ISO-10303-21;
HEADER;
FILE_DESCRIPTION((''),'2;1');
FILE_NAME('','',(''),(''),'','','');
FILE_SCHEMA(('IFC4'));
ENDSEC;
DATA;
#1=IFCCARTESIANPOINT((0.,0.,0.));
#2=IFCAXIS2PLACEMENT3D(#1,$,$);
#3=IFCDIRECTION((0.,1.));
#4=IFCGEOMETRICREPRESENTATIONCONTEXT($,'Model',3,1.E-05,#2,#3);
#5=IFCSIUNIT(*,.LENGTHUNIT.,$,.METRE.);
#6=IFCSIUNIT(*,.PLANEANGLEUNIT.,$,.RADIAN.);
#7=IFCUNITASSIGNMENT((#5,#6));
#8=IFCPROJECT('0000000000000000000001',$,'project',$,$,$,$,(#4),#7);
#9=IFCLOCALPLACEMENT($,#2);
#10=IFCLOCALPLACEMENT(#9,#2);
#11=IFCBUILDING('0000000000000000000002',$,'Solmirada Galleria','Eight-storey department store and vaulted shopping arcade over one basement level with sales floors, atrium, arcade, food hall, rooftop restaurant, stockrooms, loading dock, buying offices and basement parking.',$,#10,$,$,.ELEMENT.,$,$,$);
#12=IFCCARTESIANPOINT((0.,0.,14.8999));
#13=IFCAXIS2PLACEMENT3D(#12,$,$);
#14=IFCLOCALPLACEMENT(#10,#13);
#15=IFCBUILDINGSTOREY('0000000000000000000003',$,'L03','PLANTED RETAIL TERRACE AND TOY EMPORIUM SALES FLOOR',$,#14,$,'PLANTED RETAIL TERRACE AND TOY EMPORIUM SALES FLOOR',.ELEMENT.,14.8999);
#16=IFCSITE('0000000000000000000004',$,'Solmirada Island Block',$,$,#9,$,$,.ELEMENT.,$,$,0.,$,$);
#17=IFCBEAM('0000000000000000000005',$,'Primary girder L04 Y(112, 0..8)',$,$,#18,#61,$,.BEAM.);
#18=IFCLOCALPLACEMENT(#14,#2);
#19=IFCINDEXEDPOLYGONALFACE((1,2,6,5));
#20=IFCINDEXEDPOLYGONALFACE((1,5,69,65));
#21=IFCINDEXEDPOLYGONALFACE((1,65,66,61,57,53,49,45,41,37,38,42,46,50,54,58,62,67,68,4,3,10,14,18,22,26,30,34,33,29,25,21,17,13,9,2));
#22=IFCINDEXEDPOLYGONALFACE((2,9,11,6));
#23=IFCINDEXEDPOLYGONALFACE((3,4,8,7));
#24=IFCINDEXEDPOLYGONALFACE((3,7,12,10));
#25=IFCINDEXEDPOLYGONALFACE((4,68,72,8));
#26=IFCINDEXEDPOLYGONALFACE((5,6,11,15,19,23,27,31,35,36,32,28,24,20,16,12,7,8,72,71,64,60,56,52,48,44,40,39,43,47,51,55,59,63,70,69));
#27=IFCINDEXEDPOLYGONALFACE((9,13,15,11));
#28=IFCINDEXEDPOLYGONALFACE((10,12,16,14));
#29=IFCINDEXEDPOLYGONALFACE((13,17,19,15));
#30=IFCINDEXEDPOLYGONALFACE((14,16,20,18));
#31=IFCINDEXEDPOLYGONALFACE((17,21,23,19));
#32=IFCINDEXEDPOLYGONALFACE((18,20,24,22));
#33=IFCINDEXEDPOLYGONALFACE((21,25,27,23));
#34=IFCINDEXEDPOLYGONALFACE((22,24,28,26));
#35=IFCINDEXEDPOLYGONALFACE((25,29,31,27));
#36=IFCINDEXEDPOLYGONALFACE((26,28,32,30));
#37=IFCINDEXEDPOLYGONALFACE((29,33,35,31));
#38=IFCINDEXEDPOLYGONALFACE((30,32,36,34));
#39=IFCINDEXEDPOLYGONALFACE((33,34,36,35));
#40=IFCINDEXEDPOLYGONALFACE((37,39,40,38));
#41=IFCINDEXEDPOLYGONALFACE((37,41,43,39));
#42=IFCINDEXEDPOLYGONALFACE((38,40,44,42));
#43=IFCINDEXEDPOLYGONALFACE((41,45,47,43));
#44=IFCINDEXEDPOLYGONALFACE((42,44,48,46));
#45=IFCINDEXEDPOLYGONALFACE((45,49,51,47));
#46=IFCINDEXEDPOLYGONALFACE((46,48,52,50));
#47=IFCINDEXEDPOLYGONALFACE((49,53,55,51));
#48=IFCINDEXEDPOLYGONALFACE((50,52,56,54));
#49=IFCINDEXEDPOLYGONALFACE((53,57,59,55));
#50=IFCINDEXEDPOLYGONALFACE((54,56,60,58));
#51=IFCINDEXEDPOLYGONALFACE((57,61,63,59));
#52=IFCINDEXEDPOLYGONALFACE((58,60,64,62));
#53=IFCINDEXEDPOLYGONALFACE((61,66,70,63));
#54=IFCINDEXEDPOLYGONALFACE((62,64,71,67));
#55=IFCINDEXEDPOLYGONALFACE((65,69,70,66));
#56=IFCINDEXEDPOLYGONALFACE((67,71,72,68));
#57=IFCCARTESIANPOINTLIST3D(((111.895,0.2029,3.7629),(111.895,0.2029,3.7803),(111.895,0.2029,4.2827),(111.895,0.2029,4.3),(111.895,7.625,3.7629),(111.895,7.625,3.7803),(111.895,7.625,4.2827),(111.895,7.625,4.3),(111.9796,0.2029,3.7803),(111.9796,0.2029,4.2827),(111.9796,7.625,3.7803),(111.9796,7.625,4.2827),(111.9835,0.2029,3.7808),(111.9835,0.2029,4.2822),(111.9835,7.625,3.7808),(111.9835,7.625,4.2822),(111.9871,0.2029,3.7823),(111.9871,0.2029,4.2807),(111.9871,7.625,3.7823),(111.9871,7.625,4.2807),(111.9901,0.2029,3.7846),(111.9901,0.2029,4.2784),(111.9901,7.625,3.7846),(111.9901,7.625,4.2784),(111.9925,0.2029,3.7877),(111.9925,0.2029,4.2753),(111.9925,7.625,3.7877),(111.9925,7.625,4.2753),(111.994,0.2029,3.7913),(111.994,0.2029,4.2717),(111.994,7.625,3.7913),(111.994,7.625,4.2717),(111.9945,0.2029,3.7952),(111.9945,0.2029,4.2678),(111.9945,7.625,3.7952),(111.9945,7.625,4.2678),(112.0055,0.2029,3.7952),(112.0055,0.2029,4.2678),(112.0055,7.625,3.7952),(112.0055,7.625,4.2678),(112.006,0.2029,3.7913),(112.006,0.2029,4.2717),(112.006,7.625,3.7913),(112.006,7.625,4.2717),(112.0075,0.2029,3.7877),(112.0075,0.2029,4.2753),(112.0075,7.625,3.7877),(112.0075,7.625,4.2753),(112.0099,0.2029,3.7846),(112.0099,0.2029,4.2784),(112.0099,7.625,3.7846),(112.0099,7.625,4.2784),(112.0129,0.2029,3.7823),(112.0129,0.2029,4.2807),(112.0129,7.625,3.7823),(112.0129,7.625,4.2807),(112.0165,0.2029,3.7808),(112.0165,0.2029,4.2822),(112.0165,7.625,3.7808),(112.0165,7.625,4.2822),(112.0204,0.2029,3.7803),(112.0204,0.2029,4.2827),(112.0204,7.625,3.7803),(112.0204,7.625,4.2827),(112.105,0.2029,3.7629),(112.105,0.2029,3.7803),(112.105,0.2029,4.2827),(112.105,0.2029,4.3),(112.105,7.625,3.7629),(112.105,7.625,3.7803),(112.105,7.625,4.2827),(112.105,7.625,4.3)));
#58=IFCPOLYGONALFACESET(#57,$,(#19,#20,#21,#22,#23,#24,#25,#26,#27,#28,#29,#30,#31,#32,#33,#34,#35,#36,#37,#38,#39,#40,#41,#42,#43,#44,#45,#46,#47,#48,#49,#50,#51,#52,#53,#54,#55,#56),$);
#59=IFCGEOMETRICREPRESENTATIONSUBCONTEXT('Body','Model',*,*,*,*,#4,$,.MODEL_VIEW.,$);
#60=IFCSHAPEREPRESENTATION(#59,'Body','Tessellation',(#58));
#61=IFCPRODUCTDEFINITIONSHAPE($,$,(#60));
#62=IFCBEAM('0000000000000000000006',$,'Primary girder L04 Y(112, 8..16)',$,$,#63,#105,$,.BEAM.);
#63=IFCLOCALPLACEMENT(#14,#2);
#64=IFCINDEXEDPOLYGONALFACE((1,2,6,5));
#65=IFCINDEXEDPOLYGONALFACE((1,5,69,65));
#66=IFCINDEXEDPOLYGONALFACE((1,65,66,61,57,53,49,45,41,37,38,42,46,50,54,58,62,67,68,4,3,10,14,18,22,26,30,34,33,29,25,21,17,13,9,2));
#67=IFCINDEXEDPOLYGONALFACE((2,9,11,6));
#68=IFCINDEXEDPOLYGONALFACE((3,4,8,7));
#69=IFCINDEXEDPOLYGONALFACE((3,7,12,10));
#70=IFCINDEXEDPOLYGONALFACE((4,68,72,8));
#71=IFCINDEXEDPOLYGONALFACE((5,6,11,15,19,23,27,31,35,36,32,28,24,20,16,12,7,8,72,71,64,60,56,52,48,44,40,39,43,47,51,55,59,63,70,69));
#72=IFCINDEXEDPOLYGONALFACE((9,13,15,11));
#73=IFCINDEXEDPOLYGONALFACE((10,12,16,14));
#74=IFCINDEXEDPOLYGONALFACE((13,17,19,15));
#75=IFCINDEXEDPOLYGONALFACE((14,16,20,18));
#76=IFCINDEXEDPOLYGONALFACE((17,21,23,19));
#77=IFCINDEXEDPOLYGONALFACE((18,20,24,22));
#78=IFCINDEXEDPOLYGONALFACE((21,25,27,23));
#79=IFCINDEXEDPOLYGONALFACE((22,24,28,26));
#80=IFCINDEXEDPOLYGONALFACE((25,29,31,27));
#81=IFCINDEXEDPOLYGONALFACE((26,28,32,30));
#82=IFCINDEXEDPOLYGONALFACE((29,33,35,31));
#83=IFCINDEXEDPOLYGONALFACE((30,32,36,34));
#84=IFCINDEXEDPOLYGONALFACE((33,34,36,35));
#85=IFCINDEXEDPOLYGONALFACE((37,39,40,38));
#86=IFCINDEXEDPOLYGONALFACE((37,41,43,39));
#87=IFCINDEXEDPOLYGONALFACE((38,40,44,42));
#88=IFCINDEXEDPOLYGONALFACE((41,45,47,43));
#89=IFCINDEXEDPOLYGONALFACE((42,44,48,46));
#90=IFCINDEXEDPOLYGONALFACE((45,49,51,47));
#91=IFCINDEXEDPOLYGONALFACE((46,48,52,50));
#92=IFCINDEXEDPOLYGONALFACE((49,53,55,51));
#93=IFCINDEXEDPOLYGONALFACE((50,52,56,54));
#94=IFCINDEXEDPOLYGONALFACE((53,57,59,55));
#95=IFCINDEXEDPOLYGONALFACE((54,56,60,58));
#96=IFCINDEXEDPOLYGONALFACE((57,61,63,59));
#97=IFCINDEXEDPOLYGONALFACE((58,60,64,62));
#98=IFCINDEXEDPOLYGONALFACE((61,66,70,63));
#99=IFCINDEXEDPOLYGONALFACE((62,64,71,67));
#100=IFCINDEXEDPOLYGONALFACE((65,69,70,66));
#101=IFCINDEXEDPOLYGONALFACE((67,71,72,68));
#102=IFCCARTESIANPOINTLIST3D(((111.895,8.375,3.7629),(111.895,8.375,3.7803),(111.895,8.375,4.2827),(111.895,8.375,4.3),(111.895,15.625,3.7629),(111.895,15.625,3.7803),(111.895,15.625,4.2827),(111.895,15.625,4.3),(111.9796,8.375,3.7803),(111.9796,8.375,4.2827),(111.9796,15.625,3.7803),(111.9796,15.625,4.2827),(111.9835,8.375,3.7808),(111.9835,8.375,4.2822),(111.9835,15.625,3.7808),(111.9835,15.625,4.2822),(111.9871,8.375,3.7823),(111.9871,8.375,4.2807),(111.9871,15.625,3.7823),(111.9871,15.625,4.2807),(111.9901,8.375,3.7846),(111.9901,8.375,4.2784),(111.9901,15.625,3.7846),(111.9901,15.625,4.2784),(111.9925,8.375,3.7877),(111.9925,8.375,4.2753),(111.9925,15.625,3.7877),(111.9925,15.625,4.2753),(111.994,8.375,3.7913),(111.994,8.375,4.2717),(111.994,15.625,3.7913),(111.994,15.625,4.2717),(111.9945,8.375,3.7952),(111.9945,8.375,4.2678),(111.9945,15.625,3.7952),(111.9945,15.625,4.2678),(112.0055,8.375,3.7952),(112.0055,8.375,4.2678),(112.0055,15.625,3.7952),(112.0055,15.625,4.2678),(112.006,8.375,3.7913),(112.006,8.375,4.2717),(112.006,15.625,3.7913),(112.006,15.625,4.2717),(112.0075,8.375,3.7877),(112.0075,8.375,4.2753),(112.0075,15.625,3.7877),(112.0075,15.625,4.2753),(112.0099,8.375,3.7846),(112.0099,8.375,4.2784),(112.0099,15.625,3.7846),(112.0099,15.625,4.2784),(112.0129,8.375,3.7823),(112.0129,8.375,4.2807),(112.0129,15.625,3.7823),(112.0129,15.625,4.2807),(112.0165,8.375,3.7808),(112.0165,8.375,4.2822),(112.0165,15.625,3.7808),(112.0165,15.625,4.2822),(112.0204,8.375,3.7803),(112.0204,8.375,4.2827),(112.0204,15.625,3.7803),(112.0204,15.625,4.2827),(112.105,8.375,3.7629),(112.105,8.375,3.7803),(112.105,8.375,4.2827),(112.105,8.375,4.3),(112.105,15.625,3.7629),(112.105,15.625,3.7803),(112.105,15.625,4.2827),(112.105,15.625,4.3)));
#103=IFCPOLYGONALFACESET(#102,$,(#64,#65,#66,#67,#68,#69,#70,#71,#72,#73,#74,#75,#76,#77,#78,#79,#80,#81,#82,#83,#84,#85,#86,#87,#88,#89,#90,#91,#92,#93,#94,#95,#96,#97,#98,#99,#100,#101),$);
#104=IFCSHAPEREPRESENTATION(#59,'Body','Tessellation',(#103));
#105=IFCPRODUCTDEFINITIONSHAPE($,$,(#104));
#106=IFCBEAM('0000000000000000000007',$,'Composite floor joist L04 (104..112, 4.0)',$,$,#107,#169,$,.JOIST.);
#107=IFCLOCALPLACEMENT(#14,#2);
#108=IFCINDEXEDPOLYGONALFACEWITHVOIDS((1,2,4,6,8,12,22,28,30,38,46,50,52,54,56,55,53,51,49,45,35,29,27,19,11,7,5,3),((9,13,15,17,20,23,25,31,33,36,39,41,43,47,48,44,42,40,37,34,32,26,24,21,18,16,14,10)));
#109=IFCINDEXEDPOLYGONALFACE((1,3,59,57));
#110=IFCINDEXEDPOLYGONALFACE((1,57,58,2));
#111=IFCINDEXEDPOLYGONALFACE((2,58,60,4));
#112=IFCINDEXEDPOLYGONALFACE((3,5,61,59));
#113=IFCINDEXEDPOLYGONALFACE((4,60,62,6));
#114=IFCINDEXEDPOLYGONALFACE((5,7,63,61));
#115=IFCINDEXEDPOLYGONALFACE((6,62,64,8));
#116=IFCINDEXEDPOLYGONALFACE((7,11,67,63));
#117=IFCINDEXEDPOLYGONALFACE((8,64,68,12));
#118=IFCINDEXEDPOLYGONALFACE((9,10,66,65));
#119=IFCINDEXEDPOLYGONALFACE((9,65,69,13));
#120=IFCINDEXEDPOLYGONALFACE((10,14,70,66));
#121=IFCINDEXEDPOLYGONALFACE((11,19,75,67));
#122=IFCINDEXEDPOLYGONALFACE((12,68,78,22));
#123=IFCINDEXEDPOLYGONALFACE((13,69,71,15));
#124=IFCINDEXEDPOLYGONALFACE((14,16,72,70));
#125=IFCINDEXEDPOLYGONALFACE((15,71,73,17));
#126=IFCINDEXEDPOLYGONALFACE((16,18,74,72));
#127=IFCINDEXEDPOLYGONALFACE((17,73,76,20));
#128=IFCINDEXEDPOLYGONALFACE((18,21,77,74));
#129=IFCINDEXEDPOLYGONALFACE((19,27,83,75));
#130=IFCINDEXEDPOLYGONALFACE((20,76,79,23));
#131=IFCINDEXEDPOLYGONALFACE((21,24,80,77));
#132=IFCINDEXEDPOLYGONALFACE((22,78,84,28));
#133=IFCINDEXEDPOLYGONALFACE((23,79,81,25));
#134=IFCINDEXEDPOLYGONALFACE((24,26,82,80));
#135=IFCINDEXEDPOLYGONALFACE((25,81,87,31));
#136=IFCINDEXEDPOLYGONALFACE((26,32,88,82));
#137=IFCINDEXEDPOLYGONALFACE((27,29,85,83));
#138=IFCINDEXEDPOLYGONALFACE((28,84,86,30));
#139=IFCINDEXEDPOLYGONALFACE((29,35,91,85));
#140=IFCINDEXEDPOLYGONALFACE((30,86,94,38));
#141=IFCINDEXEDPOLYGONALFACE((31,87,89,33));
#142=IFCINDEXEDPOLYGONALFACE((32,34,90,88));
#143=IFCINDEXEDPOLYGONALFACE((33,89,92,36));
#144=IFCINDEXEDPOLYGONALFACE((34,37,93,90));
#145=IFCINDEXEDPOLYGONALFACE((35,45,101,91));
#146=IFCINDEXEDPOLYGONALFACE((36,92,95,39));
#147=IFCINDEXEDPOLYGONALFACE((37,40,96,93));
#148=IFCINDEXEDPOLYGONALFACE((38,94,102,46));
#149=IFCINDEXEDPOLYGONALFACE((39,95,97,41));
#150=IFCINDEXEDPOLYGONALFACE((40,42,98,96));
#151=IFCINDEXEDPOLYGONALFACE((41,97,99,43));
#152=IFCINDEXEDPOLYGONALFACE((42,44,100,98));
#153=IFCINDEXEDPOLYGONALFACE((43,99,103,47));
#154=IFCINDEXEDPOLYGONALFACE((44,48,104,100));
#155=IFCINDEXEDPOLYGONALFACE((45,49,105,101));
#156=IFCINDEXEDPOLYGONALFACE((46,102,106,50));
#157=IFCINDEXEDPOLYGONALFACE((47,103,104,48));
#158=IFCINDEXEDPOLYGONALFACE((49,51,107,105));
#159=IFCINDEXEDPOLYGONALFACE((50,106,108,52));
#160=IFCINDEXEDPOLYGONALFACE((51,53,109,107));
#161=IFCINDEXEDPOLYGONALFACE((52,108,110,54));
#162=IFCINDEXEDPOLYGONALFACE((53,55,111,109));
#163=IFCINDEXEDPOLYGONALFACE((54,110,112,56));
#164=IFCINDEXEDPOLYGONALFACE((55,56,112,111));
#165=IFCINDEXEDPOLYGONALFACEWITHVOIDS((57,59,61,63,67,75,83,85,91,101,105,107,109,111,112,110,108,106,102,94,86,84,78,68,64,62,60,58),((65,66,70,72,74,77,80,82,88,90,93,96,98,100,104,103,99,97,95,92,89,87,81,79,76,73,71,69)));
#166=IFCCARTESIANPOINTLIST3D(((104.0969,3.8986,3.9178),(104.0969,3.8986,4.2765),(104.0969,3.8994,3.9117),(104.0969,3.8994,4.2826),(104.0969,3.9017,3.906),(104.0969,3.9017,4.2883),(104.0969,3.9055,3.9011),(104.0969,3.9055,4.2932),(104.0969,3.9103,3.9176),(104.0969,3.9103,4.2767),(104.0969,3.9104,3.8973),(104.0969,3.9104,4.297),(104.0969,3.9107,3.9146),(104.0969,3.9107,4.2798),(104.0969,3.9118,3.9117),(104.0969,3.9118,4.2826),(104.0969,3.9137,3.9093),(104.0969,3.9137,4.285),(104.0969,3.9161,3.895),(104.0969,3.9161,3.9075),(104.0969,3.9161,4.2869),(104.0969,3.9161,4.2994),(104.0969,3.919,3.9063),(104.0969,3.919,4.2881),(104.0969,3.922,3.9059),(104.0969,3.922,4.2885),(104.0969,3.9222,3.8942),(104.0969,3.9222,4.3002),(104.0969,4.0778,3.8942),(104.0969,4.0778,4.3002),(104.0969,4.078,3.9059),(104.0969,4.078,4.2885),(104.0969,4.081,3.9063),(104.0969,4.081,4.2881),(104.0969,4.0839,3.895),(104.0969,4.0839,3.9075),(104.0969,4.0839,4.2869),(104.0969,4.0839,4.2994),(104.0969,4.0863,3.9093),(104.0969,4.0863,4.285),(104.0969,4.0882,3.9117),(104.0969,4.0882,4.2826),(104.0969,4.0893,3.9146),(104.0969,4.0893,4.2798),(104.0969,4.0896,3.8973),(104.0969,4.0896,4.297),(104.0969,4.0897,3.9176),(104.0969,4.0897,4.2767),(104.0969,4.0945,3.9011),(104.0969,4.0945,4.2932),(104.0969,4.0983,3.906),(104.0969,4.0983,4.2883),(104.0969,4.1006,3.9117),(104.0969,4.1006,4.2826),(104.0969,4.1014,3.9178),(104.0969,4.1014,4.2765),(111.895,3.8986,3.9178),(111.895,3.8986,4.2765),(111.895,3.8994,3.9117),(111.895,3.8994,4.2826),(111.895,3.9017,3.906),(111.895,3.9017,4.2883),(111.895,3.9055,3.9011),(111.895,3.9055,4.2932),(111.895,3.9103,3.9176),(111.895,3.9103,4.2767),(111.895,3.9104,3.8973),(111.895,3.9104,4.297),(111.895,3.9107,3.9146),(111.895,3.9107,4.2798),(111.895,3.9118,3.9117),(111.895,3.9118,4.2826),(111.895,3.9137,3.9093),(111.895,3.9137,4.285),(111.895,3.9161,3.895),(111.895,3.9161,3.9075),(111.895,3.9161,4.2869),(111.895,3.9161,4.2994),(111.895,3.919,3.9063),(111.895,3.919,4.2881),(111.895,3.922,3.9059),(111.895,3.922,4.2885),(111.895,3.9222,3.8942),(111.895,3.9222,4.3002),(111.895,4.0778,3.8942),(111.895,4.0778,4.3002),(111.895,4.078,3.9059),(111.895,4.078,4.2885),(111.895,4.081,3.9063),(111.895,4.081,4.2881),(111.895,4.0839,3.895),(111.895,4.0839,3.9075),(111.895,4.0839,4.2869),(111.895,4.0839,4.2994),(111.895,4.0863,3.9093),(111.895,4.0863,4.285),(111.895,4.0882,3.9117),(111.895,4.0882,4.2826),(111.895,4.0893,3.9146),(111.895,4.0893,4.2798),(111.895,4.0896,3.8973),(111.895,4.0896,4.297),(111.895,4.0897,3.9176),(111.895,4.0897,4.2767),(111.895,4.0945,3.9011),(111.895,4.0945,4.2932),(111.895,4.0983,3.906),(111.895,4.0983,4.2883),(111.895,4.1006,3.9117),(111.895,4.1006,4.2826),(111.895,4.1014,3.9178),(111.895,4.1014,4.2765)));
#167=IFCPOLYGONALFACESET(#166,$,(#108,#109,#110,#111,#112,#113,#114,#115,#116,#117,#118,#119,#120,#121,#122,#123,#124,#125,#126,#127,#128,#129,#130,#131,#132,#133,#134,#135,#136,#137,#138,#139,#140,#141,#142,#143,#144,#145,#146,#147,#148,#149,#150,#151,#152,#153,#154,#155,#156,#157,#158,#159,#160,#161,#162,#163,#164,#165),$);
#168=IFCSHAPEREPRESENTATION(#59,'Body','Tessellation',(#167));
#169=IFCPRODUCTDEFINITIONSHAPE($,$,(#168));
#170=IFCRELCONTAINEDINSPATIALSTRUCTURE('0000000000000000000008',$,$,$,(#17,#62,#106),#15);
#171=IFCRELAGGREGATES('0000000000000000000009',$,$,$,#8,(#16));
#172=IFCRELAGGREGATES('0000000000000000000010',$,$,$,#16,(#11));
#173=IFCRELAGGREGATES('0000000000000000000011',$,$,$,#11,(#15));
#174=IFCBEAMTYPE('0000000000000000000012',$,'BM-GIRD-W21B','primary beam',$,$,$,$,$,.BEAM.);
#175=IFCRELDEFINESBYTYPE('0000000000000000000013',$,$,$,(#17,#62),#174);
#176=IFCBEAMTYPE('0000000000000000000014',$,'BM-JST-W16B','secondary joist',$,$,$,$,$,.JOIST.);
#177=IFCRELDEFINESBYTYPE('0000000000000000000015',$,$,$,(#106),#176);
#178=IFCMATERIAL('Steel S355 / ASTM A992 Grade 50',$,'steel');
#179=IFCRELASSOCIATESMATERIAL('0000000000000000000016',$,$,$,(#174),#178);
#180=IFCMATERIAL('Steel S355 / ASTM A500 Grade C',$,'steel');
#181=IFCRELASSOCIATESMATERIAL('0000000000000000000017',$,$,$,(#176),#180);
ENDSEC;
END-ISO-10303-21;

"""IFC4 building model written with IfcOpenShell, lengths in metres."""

from ifc_helpers import new_model, si_unit, direction, frame, origin, origin_2d, place, context, subcontext, project, spatial, hollow_rectangle, i_section, extrude, material, material_profile, profile_set, type_object, element, save


model = new_model("IFC4")

# Units and contexts
model_context = context("Model", 3, precision=1e-05, world=origin(), true_north=direction((0.0, 1.0)))
body_context = subcontext(model_context, "Body", "Model", "MODEL_VIEW")
ifc_project = project(units=[si_unit("LENGTHUNIT", "METRE"), si_unit("PLANEANGLEUNIT", "RADIAN")], contexts=[model_context])

# Site, building, storey
site_placement = place(None, origin())
site = spatial("IfcSite", under=ifc_project, at=site_placement, Name="Solmirada Island Block", CompositionType="ELEMENT", RefElevation=0.0)
building_placement = place(site_placement, origin())
building = spatial("IfcBuilding", under=site, at=building_placement, Name="Solmirada Galleria", Description="Eight-storey department store and vaulted shopping arcade over one basement level with sales floors, atrium, arcade, food hall, rooftop restaurant, stockrooms, loading dock, buying offices and basement parking.", CompositionType="ELEMENT")
storey_placement = place(building_placement, frame((0.0, 0.0, 14.8999)))
storey = spatial("IfcBuildingStorey", under=building, at=storey_placement, Name="L03", Description="PLANTED RETAIL TERRACE AND TOY EMPORIUM SALES FLOOR", LongName="PLANTED RETAIL TERRACE AND TOY EMPORIUM SALES FLOOR", CompositionType="ELEMENT", Elevation=14.8999)

# Shared definitions
ifc_material_1 = material(Name="Steel S355 / ASTM A500 Grade C", Category="steel")

# Beams
ifc_material_2 = material(Name="Steel S355 / ASTM A992 Grade 50", Category="steel")
ifc_material_profile_1 = material_profile(ifc_material_2, i_section(OverallWidth=0.21, OverallDepth=0.5371, WebThickness=0.011, FlangeThickness=0.0173, FilletRadius=0.0149, at=origin_2d()), Name="W21X68")
ifc_profile_set_1 = profile_set([ifc_material_profile_1], Name="Steel S355 / ASTM A992 Grade 50")
beam_type_1 = type_object("IfcBeamType", Name="BM-GIRD-W21B", Description="primary beam", PredefinedType="BEAM", material=ifc_profile_set_1)
beam_1_placement = place(storey_placement, frame((112.0, 0.2029, 4.0315), z_axis=(0.0, 1.0, 0.0), x_axis=(-1.0, 0.0, 0.0)))
element("IfcBeam", 1, at=beam_1_placement, inside=storey, type_object=beam_type_1, Name="Primary girder L04 Y(112, 0..8)", PredefinedType="BEAM", context=body_context, shape_type="SweptSolid", body=[
    extrude(i_section(OverallWidth=0.21, OverallDepth=0.5371, WebThickness=0.011, FlangeThickness=0.0173, FilletRadius=0.0149, at=origin_2d()), origin(), (0.0, 0.0, 1.0), 7.4221),
])
beam_2_placement = place(storey_placement, frame((112.0, 8.375, 4.0315), z_axis=(0.0, 1.0, 0.0), x_axis=(-1.0, 0.0, 0.0)))
element("IfcBeam", 2, at=beam_2_placement, inside=storey, type_object=beam_type_1, Name="Primary girder L04 Y(112, 8..16)", PredefinedType="BEAM", context=body_context, shape_type="SweptSolid", body=[
    extrude(i_section(OverallWidth=0.21, OverallDepth=0.5371, WebThickness=0.011, FlangeThickness=0.0173, FilletRadius=0.0149, at=origin_2d()), origin(), (0.0, 0.0, 1.0), 7.25),
])
ifc_material_profile_2 = material_profile(ifc_material_1, hollow_rectangle(XDim=0.2029, YDim=0.406, WallThickness=0.0117, InnerFilletRadius=0.0117, OuterFilletRadius=0.0237, at=origin_2d()), Name="HSS16X8X1/2")
ifc_profile_set_2 = profile_set([ifc_material_profile_2], Name="Steel S355 / ASTM A500 Grade C")
beam_type_2 = type_object("IfcBeamType", Name="BM-JST-W16B", Description="secondary joist", PredefinedType="JOIST", material=ifc_profile_set_2)
for number, where, z_axis, x_axis, name in (
    (3, (104.0969, 4.0, 4.0972), (1.0, 0.0, 0.0), (0.0, 1.0, 0.0), "Composite floor joist L04 (104..112, 4.0)"),
):
    element("IfcBeam", number, at=place(storey_placement, frame(where, z_axis=z_axis, x_axis=x_axis)), inside=storey, type_object=beam_type_2, Name=name, PredefinedType="JOIST", context=body_context, shape_type="SweptSolid", body=[
        extrude(hollow_rectangle(XDim=0.2029, YDim=0.406, WallThickness=0.0117, InnerFilletRadius=0.0117, OuterFilletRadius=0.0237, at=origin_2d()), origin(), (0.0, 0.0, 1.0), 7.7981),
    ])

save(model, "model.ifc")
